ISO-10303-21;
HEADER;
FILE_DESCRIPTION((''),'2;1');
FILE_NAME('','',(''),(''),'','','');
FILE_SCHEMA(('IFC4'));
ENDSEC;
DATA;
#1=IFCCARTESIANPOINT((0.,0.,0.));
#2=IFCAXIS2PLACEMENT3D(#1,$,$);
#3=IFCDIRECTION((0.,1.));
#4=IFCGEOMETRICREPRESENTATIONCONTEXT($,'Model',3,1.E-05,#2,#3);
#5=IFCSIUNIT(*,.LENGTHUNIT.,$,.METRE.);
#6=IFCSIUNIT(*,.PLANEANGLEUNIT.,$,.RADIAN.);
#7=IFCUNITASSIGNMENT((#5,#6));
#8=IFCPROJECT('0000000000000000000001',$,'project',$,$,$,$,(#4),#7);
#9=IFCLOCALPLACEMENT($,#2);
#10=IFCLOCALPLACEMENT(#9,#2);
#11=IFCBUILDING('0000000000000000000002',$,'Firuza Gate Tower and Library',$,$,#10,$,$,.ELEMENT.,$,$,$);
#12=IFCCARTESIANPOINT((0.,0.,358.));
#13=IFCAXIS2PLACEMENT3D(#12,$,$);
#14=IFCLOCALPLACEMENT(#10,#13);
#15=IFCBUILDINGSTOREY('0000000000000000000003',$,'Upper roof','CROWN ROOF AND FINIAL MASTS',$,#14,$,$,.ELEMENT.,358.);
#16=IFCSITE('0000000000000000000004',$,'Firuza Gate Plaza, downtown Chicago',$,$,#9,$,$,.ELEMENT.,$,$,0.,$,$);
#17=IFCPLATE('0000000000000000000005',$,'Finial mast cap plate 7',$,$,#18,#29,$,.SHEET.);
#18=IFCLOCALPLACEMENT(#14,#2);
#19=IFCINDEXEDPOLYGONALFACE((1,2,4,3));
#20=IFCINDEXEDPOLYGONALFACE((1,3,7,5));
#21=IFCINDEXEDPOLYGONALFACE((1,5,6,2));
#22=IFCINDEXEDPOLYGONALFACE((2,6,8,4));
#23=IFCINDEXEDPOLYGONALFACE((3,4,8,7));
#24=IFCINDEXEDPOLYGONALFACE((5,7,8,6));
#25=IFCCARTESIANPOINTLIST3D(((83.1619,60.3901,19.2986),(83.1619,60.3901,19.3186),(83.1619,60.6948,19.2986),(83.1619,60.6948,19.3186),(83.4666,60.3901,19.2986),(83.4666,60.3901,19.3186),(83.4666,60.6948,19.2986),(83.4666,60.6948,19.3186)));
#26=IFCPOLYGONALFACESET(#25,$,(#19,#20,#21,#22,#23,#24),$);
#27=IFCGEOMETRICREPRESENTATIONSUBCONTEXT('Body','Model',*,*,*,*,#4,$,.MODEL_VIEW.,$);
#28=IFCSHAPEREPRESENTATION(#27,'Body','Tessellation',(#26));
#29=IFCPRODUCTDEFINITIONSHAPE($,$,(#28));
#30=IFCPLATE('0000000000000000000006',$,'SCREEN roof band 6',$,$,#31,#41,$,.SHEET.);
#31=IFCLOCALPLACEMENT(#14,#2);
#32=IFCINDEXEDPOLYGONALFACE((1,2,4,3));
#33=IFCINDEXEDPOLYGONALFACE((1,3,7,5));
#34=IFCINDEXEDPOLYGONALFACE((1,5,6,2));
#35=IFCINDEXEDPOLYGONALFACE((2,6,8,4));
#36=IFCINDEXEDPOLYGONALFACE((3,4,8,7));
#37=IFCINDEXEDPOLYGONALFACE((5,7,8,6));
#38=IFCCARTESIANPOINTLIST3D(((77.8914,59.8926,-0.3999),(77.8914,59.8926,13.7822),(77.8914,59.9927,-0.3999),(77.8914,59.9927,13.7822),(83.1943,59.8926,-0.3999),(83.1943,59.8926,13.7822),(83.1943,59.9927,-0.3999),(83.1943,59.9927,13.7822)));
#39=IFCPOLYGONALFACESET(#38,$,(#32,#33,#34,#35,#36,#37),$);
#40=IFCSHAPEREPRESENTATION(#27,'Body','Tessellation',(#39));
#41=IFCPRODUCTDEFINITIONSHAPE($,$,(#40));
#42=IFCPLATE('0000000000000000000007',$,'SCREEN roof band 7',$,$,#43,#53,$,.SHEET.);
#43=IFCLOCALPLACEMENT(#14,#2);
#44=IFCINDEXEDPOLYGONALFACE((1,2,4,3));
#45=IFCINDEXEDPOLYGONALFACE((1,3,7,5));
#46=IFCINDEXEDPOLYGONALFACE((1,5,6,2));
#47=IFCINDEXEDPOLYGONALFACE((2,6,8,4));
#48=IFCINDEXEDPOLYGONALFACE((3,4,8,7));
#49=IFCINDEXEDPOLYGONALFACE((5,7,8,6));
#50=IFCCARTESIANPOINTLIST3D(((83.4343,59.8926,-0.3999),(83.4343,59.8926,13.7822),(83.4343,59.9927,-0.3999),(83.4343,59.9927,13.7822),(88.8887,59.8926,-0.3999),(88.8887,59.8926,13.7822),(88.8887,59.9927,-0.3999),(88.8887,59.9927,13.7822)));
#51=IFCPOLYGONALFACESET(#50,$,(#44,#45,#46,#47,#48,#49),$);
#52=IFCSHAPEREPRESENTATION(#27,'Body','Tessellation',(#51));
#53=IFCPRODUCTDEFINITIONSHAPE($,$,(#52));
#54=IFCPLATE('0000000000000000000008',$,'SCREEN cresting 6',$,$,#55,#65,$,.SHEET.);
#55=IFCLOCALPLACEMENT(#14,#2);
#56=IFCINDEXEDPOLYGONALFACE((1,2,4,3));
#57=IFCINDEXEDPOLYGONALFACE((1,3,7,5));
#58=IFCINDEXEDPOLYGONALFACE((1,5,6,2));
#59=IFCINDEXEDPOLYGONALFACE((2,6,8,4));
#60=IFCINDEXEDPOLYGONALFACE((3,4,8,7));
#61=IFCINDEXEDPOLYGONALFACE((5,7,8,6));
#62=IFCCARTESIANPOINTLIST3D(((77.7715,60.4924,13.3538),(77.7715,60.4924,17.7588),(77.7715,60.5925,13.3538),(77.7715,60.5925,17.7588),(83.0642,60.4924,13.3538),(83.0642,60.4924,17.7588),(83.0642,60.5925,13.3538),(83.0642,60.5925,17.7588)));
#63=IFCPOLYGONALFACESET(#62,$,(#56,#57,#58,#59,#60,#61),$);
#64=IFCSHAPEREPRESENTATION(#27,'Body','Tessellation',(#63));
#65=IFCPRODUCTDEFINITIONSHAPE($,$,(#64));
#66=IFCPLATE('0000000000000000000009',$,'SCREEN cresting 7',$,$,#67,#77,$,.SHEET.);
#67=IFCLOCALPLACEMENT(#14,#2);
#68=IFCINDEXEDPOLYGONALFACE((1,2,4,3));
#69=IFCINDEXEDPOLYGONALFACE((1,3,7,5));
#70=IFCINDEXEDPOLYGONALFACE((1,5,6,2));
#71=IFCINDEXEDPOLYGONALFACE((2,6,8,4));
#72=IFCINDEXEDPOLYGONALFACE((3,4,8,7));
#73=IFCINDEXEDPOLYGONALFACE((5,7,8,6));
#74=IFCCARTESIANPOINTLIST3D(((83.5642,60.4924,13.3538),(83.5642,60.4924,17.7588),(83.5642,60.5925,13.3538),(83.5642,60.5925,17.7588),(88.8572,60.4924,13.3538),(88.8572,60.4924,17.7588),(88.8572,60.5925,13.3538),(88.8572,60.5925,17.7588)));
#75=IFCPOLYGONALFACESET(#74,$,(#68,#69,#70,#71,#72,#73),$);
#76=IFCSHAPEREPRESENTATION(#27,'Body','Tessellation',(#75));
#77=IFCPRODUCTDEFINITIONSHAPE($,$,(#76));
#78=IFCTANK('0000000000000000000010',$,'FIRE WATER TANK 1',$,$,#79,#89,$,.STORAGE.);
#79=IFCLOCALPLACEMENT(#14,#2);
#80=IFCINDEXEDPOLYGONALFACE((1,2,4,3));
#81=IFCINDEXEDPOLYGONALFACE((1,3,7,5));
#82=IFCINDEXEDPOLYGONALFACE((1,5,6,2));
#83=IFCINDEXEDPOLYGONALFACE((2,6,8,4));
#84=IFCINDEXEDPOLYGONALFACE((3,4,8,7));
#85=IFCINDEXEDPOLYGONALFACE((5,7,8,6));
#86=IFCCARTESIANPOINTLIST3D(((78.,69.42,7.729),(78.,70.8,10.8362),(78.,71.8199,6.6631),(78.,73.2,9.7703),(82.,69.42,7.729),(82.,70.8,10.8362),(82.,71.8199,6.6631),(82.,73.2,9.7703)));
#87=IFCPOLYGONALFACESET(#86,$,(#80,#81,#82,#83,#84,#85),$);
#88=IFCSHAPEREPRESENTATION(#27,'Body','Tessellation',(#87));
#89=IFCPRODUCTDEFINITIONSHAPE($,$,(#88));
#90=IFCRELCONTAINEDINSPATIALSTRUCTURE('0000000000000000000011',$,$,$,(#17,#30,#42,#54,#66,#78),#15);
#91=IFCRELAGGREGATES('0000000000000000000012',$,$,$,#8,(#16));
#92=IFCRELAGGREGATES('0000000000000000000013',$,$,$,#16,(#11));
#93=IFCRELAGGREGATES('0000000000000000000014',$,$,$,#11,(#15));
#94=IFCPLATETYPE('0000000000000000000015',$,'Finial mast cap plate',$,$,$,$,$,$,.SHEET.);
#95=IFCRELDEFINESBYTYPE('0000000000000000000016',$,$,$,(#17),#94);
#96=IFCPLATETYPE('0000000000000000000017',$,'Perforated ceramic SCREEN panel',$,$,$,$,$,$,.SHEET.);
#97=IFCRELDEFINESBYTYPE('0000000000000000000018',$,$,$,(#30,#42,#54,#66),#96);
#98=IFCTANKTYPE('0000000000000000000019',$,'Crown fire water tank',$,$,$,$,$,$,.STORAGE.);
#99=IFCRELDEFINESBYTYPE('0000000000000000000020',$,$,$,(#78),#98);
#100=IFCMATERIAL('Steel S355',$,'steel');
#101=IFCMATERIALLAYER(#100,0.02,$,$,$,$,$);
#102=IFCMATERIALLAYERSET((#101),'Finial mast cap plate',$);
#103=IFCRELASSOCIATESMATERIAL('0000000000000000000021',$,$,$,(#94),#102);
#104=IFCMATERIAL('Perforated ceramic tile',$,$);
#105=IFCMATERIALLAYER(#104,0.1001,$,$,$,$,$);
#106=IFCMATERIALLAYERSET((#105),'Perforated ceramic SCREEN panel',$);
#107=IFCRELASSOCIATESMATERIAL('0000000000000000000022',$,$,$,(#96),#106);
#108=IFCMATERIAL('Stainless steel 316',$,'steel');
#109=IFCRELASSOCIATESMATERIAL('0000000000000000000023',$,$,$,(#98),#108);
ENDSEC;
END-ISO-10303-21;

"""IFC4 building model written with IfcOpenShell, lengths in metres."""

from ifc_helpers import new_model, si_unit, direction, frame, origin, origin_2d, place, context, subcontext, project, spatial, polyline, rectangle, outline, extrude, material, layer, layer_set, type_object, element, save


model = new_model("IFC4")

# Units and contexts
model_context = context("Model", 3, precision=1e-05, world=origin(), true_north=direction((0.0, 1.0)))
body_context = subcontext(model_context, "Body", "Model", "MODEL_VIEW")
ifc_project = project(units=[si_unit("LENGTHUNIT", "METRE"), si_unit("PLANEANGLEUNIT", "RADIAN")], contexts=[model_context])

# Site, building, storey
site_placement = place(None, origin())
site = spatial("IfcSite", under=ifc_project, at=site_placement, Name="Firuza Gate Plaza, downtown Chicago", CompositionType="ELEMENT", RefElevation=0.0)
building_placement = place(site_placement, origin())
building = spatial("IfcBuilding", under=site, at=building_placement, Name="Firuza Gate Tower and Library", CompositionType="ELEMENT")
storey_placement = place(building_placement, frame((0.0, 0.0, 358.0)))
storey = spatial("IfcBuildingStorey", under=building, at=storey_placement, Name="Upper roof", Description="CROWN ROOF AND FINIAL MASTS", CompositionType="ELEMENT", Elevation=358.0)

# Plates
ifc_material_1 = material(Name="Steel S355", Category="steel")
ifc_layer_1 = layer(ifc_material_1, 0.02)
ifc_layer_set_1 = layer_set([ifc_layer_1], Name="Finial mast cap plate")
plate_type_1 = type_object("IfcPlateType", Name="Finial mast cap plate", PredefinedType="SHEET", material=ifc_layer_set_1)
plate_1_placement = place(storey_placement, frame((83.3142, 60.5425, 19.2986), z_axis=(0.0, 0.0, 1.0), x_axis=(1.0, 0.0, 0.0)))
element("IfcPlate", 1, at=plate_1_placement, inside=storey, type_object=plate_type_1, Name="Finial mast cap plate 7", PredefinedType="SHEET", context=body_context, shape_type="SweptSolid", body=[
    extrude(rectangle(XDim=0.3047, YDim=0.3047, at=origin_2d()), origin(), (0.0, 0.0, 1.0), 0.02),
])
ifc_material_2 = material(Name="Perforated ceramic tile")
ifc_layer_2 = layer(ifc_material_2, 0.1001)
ifc_layer_set_2 = layer_set([ifc_layer_2], Name="Perforated ceramic SCREEN panel")
plate_type_2 = type_object("IfcPlateType", Name="Perforated ceramic SCREEN panel", PredefinedType="SHEET", material=ifc_layer_set_2)
plate_2_placement = place(storey_placement, frame((77.8914, 59.8926, -0.3999), z_axis=(0.0, -1.0, 0.0), x_axis=(1.0, 0.0, 0.0)))
element("IfcPlate", 2, at=plate_2_placement, inside=storey, type_object=plate_type_2, Name="SCREEN roof band 6", PredefinedType="SHEET", context=body_context, shape_type="SweptSolid", body=[
    extrude(outline(polyline([(0.0, 0.0), (5.303, 0.0), (5.303, 14.1821), (0.0, 14.1821), (0.0, 0.0)])), origin(), (0.0, 0.0, -1.0), 0.1001),
])
plate_3_placement = place(storey_placement, frame((83.4343, 59.8926, -0.3999), z_axis=(0.0, -1.0, 0.0), x_axis=(1.0, 0.0, 0.0)))
element("IfcPlate", 3, at=plate_3_placement, inside=storey, type_object=plate_type_2, Name="SCREEN roof band 7", PredefinedType="SHEET", context=body_context, shape_type="SweptSolid", body=[
    extrude(outline(polyline([(0.0, 0.0), (5.4543, 0.0), (5.4543, 14.1821), (0.0, 14.1821), (0.0, 0.0)])), origin(), (0.0, 0.0, -1.0), 0.1001),
])
plate_4_placement = place(storey_placement, frame((77.7715, 60.4924, 13.3538), z_axis=(0.0, -1.0, 0.0), x_axis=(1.0, 0.0, 0.0)))
element("IfcPlate", 4, at=plate_4_placement, inside=storey, type_object=plate_type_2, Name="SCREEN cresting 6", PredefinedType="SHEET", context=body_context, shape_type="SweptSolid", body=[
    extrude(outline(polyline([(0.0, 0.0), (5.2927, 0.0), (5.2927, 4.405), (0.0, 4.405), (0.0, 0.0)])), origin(), (0.0, 0.0, -1.0), 0.1001),
])
plate_5_placement = place(storey_placement, frame((83.5642, 60.4924, 13.3538), z_axis=(0.0, -1.0, 0.0), x_axis=(1.0, 0.0, 0.0)))
element("IfcPlate", 5, at=plate_5_placement, inside=storey, type_object=plate_type_2, Name="SCREEN cresting 7", PredefinedType="SHEET", context=body_context, shape_type="SweptSolid", body=[
    extrude(outline(polyline([(0.0, 0.0), (5.293, 0.0), (5.293, 4.405), (0.0, 4.405), (0.0, 0.0)])), origin(), (0.0, 0.0, -1.0), 0.1001),
])

# Tank
ifc_material_3 = material(Name="Stainless steel 316", Category="steel")
tank_type = type_object("IfcTankType", Name="Crown fire water tank", PredefinedType="STORAGE", material=ifc_material_3)
tank_placement = place(storey_placement, frame((78.0, 70.8, 10.8362), z_axis=(0.0, 0.405914, 0.913911), x_axis=(1.0, 0.0, 0.0)))
element("IfcTank", 6, at=tank_placement, inside=storey, type_object=tank_type, Name="FIRE WATER TANK 1", PredefinedType="STORAGE", context=body_context, shape_type="SweptSolid", body=[
    extrude(outline(polyline([(0.0, 0.0), (4.0, 0.0), (4.0, 2.626), (0.0, 2.626), (0.0, 0.0)])), origin(), (0.0, 0.0, -1.0), 3.3999),
])

save(model, "model.ifc")
